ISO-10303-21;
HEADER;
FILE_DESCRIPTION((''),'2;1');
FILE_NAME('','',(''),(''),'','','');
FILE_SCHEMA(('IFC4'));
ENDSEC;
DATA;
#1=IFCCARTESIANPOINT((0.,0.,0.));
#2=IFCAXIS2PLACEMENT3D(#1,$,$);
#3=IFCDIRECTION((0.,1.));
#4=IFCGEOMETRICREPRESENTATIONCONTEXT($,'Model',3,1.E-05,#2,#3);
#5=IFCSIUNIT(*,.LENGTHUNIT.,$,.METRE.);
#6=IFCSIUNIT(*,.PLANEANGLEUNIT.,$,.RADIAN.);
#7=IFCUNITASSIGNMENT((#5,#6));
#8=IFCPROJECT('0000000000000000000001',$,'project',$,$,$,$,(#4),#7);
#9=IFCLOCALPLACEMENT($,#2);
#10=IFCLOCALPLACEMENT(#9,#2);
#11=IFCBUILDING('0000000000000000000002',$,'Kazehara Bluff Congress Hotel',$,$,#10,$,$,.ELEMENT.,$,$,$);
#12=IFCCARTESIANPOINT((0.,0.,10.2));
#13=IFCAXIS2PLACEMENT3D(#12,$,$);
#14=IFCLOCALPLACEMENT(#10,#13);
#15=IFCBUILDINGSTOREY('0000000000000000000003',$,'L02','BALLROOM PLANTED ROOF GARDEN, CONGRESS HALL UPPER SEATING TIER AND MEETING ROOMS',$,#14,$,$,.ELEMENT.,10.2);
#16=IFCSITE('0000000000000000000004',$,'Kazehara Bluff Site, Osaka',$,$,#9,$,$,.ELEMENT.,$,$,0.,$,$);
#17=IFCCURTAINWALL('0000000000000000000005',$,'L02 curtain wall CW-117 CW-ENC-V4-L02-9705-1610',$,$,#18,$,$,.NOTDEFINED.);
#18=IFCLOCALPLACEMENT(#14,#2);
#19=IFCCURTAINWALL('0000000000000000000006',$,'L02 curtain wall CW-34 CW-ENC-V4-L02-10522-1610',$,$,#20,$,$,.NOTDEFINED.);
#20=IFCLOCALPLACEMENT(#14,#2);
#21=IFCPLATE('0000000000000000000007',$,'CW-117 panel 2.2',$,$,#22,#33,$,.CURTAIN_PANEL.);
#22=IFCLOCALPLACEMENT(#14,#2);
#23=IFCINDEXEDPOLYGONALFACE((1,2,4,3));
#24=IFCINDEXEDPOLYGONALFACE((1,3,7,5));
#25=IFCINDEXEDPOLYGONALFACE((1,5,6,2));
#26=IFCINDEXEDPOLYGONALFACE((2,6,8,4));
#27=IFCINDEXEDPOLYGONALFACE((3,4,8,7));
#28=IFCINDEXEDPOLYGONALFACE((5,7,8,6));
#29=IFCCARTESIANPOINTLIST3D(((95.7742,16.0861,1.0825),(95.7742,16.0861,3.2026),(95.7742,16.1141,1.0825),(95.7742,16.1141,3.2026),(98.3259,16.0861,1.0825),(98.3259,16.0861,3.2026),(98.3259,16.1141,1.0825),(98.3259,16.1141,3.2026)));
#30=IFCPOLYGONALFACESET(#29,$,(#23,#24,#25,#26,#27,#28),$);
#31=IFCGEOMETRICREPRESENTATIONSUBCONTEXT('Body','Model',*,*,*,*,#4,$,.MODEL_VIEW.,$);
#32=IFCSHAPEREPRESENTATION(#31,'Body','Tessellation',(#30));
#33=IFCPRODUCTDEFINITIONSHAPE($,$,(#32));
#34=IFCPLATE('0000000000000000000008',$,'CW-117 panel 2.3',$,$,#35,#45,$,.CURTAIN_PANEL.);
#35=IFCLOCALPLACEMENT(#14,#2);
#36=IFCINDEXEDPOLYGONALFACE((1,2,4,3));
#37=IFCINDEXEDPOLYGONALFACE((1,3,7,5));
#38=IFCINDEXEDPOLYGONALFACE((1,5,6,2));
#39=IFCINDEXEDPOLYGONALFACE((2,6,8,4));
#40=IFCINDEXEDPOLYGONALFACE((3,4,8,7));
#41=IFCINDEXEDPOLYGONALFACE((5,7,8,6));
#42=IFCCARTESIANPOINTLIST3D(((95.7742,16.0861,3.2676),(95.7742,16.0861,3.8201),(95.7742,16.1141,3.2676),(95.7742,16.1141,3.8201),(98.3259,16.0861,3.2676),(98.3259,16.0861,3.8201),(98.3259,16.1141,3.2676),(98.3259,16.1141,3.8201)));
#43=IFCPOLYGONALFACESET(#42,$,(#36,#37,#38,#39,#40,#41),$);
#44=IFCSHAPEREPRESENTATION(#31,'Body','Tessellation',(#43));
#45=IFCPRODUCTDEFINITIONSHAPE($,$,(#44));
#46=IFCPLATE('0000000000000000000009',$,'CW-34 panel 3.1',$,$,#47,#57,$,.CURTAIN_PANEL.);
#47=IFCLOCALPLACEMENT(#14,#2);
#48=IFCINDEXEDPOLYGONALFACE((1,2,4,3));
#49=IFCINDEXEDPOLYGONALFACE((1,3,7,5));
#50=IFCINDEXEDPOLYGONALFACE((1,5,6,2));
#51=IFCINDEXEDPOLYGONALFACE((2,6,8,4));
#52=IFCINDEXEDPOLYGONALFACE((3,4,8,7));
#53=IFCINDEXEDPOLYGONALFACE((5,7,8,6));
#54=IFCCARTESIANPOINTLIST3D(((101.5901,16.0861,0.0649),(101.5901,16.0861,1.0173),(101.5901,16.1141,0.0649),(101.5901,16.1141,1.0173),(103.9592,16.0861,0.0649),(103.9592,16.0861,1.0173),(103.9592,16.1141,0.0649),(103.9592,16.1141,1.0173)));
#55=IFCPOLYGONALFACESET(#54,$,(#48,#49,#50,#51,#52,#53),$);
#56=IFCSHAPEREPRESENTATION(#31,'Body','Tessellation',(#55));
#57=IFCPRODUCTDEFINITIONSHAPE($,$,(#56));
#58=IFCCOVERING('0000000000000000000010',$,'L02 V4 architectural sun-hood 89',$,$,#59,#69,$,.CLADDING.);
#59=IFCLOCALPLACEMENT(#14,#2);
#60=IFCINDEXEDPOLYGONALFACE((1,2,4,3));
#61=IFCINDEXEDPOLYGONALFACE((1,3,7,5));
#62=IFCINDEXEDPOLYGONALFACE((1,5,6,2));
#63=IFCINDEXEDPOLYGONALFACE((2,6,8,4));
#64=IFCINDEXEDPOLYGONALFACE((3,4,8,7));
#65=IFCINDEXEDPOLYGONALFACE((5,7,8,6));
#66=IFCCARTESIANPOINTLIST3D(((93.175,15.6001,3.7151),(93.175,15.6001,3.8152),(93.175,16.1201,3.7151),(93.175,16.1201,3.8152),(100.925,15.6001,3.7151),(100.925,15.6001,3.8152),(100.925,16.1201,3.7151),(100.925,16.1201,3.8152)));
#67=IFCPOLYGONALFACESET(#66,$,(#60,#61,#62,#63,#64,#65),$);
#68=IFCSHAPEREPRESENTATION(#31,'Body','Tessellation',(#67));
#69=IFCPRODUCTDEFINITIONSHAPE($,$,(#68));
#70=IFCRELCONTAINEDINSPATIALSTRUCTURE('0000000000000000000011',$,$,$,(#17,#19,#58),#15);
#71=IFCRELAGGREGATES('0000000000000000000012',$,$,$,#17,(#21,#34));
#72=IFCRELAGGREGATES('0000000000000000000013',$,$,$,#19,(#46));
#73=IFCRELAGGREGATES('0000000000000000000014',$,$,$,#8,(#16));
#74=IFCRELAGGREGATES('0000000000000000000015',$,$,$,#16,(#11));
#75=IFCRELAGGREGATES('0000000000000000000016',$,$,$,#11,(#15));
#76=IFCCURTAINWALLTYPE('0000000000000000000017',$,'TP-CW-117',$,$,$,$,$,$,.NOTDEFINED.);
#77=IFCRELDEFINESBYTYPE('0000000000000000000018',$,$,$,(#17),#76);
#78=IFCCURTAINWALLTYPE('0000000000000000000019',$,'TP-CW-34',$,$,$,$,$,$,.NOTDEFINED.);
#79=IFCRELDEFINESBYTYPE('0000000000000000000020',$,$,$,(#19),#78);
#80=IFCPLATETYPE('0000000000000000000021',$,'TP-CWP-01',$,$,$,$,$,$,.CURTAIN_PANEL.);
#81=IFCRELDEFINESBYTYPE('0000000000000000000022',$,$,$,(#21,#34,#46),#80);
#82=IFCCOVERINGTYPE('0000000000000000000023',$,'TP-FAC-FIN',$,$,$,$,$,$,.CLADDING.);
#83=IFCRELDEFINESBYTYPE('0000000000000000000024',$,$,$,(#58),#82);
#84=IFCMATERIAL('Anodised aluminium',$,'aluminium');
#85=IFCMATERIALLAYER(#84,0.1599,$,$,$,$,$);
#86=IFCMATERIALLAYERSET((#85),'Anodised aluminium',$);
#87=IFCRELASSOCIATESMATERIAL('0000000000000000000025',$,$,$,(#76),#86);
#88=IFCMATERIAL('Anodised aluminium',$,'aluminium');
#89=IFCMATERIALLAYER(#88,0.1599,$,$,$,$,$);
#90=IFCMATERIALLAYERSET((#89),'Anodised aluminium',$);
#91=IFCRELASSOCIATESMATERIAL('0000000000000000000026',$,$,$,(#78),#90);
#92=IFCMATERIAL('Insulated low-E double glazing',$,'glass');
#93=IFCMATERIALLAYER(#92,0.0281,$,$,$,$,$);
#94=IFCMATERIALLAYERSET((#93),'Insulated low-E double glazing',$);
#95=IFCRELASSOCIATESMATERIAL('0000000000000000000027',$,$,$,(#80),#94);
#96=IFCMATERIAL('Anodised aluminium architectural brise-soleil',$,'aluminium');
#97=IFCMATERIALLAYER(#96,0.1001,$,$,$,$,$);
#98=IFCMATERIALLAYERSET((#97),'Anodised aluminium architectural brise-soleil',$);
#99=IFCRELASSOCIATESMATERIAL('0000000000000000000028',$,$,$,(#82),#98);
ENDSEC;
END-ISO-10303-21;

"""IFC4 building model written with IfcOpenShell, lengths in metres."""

from ifc_helpers import new_model, si_unit, direction, frame, origin, origin_2d, place, context, subcontext, project, spatial, rectangle, extrude, material, layer, layer_set, type_object, element, aggregate, save


model = new_model("IFC4")

# Units and contexts
model_context = context("Model", 3, precision=1e-05, world=origin(), true_north=direction((0.0, 1.0)))
body_context = subcontext(model_context, "Body", "Model", "MODEL_VIEW")
ifc_project = project(units=[si_unit("LENGTHUNIT", "METRE"), si_unit("PLANEANGLEUNIT", "RADIAN")], contexts=[model_context])

# Site, building, storey
site_placement = place(None, origin())
site = spatial("IfcSite", under=ifc_project, at=site_placement, Name="Kazehara Bluff Site, Osaka", CompositionType="ELEMENT", RefElevation=0.0)
building_placement = place(site_placement, origin())
building = spatial("IfcBuilding", under=site, at=building_placement, Name="Kazehara Bluff Congress Hotel", CompositionType="ELEMENT")
storey_placement = place(building_placement, frame((0.0, 0.0, 10.2)))
storey = spatial("IfcBuildingStorey", under=building, at=storey_placement, Name="L02", Description="BALLROOM PLANTED ROOF GARDEN, CONGRESS HALL UPPER SEATING TIER AND MEETING ROOMS", CompositionType="ELEMENT", Elevation=10.2)

# Curtain wall
ifc_material_1 = material(Name="Anodised aluminium", Category="aluminium")
ifc_layer_1 = layer(ifc_material_1, 0.1599)
ifc_layer_set_1 = layer_set([ifc_layer_1], Name="Anodised aluminium")
curtain_wall_type_1 = type_object("IfcCurtainWallType", Name="TP-CW-117", PredefinedType="NOTDEFINED", material=ifc_layer_set_1)
curtain_wall_1_placement = place(storey_placement, origin())
curtain_wall_1 = element("IfcCurtainWall", 1, at=curtain_wall_1_placement, inside=storey, type_object=curtain_wall_type_1, Name="L02 curtain wall CW-117 CW-ENC-V4-L02-9705-1610", PredefinedType="NOTDEFINED")

# Curtain wall
ifc_material_2 = material(Name="Anodised aluminium", Category="aluminium")
ifc_layer_2 = layer(ifc_material_2, 0.1599)
ifc_layer_set_2 = layer_set([ifc_layer_2], Name="Anodised aluminium")
curtain_wall_type_2 = type_object("IfcCurtainWallType", Name="TP-CW-34", PredefinedType="NOTDEFINED", material=ifc_layer_set_2)
curtain_wall_2_placement = place(storey_placement, origin())
curtain_wall_2 = element("IfcCurtainWall", 2, at=curtain_wall_2_placement, inside=storey, type_object=curtain_wall_type_2, Name="L02 curtain wall CW-34 CW-ENC-V4-L02-10522-1610", PredefinedType="NOTDEFINED")

# Plates
ifc_material_3 = material(Name="Insulated low-E double glazing", Category="glass")
ifc_layer_3 = layer(ifc_material_3, 0.0281)
ifc_layer_set_3 = layer_set([ifc_layer_3], Name="Insulated low-E double glazing")
plate_type = type_object("IfcPlateType", Name="TP-CWP-01", PredefinedType="CURTAIN_PANEL", material=ifc_layer_set_3)
plate_1_placement = place(storey_placement, frame((97.05, 16.1001, 1.0825), z_axis=(0.0, 0.0, 1.0), x_axis=(-1.0, 0.0, 0.0)))
plate_1 = element("IfcPlate", 3, at=plate_1_placement, type_object=plate_type, Name="CW-117 panel 2.2", PredefinedType="CURTAIN_PANEL", context=body_context, shape_type="SweptSolid", body=[
    extrude(rectangle(XDim=2.5518, YDim=0.0281, at=origin_2d()), origin(), (0.0, 0.0, 1.0), 2.1201),
])
plate_2_placement = place(storey_placement, frame((97.05, 16.1001, 3.2676), z_axis=(0.0, 0.0, 1.0), x_axis=(-1.0, 0.0, 0.0)))
plate_2 = element("IfcPlate", 4, at=plate_2_placement, type_object=plate_type, Name="CW-117 panel 2.3", PredefinedType="CURTAIN_PANEL", context=body_context, shape_type="SweptSolid", body=[
    extrude(rectangle(XDim=2.5518, YDim=0.0281, at=origin_2d()), origin(), (0.0, 0.0, 1.0), 0.5525),
])
aggregate(curtain_wall_1, [plate_1, plate_2])
plate_3_placement = place(storey_placement, frame((102.7747, 16.1001, 0.0649), z_axis=(0.0, 0.0, 1.0), x_axis=(-1.0, 0.0, 0.0)))
plate_3 = element("IfcPlate", 5, at=plate_3_placement, type_object=plate_type, Name="CW-34 panel 3.1", PredefinedType="CURTAIN_PANEL", context=body_context, shape_type="SweptSolid", body=[
    extrude(rectangle(XDim=2.3691, YDim=0.0281, at=origin_2d()), origin(), (0.0, 0.0, 1.0), 0.9524),
])
aggregate(curtain_wall_2, [plate_3])

# Covering
ifc_material_4 = material(Name="Anodised aluminium architectural brise-soleil", Category="aluminium")
ifc_layer_4 = layer(ifc_material_4, 0.1001)
ifc_layer_set_4 = layer_set([ifc_layer_4], Name="Anodised aluminium architectural brise-soleil")
covering_type = type_object("IfcCoveringType", Name="TP-FAC-FIN", PredefinedType="CLADDING", material=ifc_layer_set_4)
covering_placement = place(storey_placement, frame((97.05, 15.8601, 3.7151), z_axis=(0.0, 0.0, 1.0), x_axis=(1.0, 0.0, 0.0)))
element("IfcCovering", 6, at=covering_placement, inside=storey, type_object=covering_type, Name="L02 V4 architectural sun-hood 89", PredefinedType="CLADDING", context=body_context, shape_type="SweptSolid", body=[
    extrude(rectangle(XDim=7.75, YDim=0.52, at=origin_2d()), origin(), (0.0, 0.0, 1.0), 0.1001),
])

save(model, "model.ifc")
